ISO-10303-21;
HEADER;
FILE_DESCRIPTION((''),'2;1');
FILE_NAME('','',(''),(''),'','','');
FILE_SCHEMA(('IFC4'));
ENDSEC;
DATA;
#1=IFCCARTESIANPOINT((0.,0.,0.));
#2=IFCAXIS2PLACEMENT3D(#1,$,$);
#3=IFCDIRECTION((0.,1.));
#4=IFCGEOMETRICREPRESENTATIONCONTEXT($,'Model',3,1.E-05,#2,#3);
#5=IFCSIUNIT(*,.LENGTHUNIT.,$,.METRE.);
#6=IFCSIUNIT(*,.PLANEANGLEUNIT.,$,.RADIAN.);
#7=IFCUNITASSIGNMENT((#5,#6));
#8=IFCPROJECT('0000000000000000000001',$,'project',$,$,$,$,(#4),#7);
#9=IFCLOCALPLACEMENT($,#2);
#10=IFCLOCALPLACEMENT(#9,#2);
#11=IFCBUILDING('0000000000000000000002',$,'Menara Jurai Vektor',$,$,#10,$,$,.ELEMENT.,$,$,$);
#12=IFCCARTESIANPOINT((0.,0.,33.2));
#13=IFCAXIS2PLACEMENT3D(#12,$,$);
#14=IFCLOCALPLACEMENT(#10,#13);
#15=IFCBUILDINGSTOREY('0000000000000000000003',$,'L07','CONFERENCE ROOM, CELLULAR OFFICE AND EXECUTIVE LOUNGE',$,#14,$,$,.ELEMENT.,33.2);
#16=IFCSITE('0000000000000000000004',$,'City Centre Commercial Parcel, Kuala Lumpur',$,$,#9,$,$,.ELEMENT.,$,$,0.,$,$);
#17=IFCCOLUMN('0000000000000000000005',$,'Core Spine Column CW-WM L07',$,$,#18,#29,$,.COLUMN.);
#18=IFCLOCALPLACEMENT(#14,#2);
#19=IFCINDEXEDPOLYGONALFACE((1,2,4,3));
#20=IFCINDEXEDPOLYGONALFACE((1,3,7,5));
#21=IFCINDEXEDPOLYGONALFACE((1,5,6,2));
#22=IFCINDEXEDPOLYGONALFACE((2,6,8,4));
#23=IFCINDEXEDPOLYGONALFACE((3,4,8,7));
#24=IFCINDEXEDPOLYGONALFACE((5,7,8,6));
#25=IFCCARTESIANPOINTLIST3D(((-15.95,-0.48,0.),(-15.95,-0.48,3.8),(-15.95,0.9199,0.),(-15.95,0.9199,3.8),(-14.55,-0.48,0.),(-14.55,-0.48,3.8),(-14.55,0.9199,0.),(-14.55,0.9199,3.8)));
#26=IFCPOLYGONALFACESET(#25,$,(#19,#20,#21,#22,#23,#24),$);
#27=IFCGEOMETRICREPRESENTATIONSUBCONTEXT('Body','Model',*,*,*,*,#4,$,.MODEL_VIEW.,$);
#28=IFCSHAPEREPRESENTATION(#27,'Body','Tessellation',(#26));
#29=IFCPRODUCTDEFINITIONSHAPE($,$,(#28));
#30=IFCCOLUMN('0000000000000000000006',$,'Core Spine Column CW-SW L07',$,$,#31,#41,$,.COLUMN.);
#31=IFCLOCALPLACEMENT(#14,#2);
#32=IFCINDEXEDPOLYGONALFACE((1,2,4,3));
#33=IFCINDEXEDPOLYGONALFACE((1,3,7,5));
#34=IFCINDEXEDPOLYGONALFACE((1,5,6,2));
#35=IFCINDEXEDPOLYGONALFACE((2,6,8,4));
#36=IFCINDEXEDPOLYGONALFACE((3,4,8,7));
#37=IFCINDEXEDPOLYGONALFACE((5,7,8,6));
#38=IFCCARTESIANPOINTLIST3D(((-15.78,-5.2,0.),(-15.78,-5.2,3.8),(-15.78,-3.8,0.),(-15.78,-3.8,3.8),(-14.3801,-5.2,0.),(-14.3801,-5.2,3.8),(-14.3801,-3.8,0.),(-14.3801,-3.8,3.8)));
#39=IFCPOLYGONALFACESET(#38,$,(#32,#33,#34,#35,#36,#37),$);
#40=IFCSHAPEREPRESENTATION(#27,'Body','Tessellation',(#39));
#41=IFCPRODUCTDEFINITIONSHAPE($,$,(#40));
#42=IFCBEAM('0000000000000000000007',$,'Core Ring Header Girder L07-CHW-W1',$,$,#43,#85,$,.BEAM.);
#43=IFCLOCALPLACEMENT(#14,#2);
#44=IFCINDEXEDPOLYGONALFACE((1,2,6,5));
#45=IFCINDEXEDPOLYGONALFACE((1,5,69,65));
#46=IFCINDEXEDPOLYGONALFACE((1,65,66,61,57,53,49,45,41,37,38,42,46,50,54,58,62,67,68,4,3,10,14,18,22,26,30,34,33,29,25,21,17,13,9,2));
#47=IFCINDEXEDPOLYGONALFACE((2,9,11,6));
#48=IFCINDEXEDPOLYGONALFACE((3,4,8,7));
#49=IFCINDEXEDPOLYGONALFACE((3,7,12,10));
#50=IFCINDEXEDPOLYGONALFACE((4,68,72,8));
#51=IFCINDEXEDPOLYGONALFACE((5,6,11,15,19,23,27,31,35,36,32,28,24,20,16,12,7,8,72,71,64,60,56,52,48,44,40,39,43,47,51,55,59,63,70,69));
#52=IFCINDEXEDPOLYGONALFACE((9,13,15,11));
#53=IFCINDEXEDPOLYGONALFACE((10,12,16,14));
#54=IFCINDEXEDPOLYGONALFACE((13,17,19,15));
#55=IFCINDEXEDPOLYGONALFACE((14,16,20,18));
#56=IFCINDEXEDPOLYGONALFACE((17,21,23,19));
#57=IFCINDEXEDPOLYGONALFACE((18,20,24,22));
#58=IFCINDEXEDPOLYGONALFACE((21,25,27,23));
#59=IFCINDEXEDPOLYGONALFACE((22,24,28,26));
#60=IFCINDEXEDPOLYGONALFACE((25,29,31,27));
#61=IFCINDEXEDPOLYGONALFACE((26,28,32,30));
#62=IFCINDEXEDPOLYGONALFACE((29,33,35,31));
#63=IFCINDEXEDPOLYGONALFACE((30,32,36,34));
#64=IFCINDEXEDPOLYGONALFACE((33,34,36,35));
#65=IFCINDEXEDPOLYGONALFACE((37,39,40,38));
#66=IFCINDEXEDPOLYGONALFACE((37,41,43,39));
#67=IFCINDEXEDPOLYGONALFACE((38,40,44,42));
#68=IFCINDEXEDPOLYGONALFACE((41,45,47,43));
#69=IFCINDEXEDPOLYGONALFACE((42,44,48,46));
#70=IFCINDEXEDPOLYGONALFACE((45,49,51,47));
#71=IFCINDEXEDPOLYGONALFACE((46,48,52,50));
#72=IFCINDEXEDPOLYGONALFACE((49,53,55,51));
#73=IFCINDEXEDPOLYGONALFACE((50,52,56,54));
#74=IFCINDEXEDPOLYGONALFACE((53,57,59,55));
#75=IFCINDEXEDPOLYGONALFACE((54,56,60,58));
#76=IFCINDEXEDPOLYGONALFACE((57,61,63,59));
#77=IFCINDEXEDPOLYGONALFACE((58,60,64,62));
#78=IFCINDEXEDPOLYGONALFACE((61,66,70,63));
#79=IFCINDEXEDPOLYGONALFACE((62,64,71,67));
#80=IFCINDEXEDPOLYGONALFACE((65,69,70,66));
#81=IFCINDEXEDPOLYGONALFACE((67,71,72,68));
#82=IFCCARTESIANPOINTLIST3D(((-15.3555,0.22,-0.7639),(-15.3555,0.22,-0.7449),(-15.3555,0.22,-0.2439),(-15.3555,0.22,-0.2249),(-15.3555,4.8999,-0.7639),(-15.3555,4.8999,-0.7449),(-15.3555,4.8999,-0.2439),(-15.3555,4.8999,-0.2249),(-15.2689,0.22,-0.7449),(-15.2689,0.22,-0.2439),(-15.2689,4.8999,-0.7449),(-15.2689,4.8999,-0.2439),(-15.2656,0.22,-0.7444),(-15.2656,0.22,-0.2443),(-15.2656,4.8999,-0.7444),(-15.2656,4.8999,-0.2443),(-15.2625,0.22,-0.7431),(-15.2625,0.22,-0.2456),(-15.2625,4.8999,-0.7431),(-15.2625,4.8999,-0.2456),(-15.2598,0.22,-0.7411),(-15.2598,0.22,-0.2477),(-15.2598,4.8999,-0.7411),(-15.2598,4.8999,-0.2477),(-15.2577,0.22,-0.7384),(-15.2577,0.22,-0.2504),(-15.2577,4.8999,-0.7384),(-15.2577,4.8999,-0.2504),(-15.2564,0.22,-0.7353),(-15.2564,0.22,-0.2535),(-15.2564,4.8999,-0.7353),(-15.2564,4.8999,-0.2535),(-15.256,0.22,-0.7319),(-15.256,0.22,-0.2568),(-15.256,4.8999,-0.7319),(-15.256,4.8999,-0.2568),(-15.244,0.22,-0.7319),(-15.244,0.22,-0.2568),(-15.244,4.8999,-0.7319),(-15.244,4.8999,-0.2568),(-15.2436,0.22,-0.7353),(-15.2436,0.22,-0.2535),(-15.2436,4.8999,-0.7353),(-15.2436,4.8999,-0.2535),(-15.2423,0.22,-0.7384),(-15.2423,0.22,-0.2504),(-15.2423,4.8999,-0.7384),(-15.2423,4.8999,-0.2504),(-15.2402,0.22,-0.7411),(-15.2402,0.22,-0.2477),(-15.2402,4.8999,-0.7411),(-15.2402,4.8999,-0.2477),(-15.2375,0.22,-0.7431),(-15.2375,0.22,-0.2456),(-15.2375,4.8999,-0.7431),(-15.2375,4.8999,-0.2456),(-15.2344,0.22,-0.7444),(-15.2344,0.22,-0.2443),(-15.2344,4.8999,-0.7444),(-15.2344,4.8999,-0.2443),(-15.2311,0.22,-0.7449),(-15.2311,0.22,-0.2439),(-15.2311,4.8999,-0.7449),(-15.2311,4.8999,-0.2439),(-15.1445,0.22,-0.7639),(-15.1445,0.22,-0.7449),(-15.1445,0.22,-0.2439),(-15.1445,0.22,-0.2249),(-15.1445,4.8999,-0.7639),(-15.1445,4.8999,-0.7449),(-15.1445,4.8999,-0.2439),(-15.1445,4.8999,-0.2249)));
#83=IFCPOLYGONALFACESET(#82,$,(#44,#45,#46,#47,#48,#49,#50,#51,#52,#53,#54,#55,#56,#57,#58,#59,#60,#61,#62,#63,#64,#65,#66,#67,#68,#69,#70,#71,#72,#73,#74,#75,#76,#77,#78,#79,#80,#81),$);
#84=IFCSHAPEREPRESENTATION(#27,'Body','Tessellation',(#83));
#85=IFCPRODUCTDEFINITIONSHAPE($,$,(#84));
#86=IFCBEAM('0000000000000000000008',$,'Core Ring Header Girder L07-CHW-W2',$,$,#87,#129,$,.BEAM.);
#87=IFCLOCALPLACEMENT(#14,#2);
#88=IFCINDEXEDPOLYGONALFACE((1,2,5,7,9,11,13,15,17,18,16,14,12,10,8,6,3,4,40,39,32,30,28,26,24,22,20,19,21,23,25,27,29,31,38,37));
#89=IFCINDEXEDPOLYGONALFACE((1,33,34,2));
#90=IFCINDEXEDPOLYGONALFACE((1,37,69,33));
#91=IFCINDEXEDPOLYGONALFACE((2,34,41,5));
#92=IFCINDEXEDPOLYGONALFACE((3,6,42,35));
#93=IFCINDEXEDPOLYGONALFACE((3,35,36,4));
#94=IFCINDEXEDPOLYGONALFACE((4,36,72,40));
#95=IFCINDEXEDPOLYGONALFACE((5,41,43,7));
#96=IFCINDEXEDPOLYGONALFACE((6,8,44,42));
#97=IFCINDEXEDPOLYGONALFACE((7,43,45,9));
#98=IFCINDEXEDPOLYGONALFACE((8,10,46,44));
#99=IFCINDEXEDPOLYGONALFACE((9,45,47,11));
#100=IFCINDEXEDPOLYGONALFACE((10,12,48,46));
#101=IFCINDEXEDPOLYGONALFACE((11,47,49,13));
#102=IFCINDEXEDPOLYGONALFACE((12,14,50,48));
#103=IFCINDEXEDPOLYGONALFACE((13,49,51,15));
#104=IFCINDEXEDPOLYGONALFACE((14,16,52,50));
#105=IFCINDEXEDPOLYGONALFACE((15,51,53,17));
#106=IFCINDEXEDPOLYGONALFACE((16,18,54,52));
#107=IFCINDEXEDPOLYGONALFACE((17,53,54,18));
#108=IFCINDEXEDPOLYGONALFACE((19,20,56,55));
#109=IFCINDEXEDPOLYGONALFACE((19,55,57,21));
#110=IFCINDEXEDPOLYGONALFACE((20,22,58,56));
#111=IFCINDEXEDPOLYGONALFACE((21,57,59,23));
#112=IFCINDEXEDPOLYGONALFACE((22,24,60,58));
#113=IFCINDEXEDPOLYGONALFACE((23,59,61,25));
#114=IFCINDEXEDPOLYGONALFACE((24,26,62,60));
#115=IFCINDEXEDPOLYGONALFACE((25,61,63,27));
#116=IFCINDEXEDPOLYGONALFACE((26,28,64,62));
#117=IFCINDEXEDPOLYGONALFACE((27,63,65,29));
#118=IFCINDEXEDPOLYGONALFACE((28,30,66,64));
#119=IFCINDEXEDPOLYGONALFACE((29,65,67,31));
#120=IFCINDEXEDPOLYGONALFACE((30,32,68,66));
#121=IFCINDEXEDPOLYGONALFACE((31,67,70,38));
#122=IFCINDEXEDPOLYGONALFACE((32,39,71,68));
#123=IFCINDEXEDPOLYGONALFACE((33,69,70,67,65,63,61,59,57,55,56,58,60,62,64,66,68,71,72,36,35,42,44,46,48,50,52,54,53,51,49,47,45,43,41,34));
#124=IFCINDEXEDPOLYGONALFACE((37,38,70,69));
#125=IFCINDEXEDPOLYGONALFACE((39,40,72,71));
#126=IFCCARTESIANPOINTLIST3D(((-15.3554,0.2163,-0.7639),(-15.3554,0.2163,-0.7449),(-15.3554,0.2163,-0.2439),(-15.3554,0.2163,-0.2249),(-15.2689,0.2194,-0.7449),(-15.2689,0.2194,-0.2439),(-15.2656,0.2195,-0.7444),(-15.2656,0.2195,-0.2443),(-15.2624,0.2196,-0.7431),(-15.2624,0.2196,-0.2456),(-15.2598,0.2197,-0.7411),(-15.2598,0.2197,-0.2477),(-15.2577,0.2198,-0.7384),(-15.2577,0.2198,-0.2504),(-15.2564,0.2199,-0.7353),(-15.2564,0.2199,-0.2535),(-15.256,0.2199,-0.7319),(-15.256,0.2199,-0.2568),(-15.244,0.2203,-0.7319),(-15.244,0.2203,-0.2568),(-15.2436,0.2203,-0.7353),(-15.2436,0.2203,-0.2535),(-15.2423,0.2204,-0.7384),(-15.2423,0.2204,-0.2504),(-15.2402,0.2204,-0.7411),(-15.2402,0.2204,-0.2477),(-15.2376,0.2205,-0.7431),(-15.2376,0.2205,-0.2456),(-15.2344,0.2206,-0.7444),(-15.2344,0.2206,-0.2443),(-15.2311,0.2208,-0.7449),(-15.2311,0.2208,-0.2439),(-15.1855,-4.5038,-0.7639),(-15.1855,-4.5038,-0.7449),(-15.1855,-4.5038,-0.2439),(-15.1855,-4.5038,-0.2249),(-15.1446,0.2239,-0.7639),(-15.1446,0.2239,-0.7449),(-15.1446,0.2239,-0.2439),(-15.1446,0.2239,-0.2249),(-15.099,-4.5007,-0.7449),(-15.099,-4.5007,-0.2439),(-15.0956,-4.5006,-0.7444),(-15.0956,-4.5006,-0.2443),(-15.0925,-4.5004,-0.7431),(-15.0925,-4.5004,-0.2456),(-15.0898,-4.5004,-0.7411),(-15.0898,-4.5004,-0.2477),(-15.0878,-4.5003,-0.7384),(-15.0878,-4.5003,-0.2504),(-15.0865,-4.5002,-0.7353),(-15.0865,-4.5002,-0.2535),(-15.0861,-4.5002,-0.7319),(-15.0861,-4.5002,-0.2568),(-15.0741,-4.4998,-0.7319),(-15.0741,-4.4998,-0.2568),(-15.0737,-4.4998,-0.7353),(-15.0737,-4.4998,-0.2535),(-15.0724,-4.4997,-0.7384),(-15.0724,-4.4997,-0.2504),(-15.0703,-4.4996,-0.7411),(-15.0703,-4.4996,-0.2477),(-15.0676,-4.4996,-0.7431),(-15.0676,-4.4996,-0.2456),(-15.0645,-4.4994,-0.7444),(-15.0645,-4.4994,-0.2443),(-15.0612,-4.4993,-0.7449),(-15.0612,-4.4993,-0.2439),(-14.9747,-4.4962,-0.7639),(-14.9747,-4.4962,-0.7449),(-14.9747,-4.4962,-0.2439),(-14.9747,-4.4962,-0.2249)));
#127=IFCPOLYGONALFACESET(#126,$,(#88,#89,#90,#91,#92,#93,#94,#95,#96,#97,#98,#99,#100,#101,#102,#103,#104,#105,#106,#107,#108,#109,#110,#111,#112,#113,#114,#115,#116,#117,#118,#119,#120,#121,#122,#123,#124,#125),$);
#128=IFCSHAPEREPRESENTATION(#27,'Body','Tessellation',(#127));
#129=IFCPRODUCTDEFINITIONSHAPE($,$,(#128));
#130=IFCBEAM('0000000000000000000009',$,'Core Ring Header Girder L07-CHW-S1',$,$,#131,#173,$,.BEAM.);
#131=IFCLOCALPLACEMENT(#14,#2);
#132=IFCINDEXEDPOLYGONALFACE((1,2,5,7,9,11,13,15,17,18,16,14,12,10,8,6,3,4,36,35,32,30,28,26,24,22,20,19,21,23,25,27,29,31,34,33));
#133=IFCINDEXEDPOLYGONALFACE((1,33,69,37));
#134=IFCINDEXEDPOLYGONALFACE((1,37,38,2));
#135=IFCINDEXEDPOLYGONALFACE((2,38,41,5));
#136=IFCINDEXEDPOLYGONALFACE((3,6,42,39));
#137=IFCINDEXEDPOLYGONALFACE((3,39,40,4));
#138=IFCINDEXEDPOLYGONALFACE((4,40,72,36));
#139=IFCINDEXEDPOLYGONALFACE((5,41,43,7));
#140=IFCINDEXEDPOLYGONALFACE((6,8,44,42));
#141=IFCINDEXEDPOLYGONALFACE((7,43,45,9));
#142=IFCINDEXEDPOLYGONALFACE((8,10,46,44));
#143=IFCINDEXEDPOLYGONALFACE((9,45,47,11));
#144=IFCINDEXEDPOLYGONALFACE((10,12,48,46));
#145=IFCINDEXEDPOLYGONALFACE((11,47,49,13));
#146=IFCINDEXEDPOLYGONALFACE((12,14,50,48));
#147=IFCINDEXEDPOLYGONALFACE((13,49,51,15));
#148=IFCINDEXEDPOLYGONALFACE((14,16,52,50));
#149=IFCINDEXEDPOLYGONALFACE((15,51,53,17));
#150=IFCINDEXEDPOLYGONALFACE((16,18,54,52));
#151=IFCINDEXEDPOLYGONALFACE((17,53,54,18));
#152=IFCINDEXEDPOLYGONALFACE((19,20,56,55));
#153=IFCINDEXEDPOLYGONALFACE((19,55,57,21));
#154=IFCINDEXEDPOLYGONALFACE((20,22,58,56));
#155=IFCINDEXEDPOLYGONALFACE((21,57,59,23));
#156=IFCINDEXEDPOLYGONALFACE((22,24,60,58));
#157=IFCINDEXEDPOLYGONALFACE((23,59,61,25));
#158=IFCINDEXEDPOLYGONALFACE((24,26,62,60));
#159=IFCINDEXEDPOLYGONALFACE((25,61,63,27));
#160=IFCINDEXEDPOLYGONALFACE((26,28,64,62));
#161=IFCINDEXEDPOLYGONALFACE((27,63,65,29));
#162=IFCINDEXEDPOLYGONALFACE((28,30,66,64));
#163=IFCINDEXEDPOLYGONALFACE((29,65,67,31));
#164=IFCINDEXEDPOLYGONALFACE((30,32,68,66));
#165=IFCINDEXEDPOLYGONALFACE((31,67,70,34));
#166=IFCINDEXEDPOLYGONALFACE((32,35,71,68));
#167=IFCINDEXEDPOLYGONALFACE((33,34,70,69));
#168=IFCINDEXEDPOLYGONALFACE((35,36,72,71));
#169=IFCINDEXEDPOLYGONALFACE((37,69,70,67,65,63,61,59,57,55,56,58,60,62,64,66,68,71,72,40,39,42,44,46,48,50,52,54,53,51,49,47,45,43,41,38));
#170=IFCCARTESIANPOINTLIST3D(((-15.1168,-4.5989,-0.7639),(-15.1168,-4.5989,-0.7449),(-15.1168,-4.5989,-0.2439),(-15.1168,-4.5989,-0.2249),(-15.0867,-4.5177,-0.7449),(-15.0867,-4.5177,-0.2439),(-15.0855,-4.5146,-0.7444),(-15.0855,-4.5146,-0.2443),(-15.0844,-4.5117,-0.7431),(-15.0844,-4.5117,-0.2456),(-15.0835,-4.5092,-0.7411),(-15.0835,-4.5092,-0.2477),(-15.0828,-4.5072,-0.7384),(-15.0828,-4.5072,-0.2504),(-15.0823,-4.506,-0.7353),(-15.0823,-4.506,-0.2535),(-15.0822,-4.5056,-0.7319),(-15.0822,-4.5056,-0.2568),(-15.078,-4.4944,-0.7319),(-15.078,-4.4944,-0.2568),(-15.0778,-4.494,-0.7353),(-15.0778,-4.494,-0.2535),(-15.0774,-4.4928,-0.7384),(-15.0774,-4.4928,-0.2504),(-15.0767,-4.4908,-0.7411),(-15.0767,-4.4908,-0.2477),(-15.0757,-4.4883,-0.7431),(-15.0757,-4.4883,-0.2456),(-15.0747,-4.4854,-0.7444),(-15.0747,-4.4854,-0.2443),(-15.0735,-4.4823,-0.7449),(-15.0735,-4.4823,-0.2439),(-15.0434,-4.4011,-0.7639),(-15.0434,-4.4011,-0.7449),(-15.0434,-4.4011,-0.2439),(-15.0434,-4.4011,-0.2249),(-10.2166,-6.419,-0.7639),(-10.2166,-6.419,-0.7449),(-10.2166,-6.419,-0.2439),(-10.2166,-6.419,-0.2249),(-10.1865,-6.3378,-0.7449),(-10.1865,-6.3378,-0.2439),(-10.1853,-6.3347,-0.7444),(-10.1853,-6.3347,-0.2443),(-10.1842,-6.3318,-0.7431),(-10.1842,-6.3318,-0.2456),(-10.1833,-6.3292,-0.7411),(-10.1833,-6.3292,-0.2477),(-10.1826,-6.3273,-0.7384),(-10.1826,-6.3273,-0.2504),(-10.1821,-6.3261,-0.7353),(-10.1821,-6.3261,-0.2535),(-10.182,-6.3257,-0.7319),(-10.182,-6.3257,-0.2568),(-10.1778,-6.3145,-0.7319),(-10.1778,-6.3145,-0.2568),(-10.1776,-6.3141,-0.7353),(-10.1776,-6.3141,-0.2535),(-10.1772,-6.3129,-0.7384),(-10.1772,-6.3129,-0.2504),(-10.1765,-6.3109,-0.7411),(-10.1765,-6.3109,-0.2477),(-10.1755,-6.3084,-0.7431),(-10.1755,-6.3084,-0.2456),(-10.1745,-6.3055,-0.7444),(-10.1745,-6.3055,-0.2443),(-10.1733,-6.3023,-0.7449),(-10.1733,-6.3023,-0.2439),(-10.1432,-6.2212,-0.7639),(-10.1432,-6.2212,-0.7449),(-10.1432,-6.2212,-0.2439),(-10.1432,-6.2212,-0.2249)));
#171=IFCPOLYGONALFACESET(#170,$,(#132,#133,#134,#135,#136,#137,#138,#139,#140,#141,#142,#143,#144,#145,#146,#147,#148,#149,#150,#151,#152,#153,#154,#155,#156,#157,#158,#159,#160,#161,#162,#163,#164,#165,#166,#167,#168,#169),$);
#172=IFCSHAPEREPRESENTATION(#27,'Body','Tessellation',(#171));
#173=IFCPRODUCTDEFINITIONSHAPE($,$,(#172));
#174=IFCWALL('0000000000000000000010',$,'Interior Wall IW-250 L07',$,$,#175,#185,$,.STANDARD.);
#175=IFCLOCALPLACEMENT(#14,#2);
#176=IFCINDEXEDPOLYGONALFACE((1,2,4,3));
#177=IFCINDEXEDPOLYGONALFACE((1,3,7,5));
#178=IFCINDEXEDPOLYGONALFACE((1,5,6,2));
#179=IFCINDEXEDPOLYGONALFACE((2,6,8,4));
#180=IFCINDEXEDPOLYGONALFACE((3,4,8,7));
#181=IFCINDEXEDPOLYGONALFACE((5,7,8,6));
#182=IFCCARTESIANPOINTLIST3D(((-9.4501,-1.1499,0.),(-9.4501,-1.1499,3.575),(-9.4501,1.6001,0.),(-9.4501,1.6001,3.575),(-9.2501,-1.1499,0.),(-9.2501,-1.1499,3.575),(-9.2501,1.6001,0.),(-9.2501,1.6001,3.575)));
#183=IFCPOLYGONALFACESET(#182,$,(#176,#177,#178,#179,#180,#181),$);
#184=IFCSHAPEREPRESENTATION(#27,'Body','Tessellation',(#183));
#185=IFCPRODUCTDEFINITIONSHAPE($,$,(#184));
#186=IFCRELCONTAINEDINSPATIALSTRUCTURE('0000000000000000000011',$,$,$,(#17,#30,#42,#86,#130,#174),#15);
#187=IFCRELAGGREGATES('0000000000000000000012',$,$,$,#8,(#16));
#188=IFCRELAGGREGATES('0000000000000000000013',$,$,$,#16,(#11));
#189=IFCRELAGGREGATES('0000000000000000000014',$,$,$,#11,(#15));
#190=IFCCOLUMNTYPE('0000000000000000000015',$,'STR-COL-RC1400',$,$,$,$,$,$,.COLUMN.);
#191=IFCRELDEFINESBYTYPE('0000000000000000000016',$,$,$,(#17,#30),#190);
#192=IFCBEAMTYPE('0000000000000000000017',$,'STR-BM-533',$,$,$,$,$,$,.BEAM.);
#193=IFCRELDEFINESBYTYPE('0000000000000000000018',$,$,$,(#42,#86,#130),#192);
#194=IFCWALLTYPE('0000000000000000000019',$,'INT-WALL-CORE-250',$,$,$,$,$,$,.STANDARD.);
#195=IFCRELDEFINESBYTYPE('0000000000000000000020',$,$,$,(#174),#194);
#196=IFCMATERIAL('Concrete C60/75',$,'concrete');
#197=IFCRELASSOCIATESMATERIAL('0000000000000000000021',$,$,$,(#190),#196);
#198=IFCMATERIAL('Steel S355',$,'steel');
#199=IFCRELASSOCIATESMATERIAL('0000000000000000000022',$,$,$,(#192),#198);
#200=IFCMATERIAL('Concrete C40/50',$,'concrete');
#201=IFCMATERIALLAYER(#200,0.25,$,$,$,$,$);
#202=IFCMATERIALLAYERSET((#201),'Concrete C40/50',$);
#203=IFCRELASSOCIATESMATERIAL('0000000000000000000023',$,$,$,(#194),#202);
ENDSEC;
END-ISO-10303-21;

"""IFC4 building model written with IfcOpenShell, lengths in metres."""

from ifc_helpers import new_model, si_unit, direction, frame, frame_2d, origin, origin_2d, place, context, subcontext, project, spatial, rectangle, i_section, extrude, material, layer, layer_set, material_profile, profile_set, type_object, element, save


model = new_model("IFC4")

# Units and contexts
model_context = context("Model", 3, precision=1e-05, world=origin(), true_north=direction((0.0, 1.0)))
body_context = subcontext(model_context, "Body", "Model", "MODEL_VIEW")
ifc_project = project(units=[si_unit("LENGTHUNIT", "METRE"), si_unit("PLANEANGLEUNIT", "RADIAN")], contexts=[model_context])

# Site, building, storey
site_placement = place(None, origin())
site = spatial("IfcSite", under=ifc_project, at=site_placement, Name="City Centre Commercial Parcel, Kuala Lumpur", CompositionType="ELEMENT", RefElevation=0.0)
building_placement = place(site_placement, origin())
building = spatial("IfcBuilding", under=site, at=building_placement, Name="Menara Jurai Vektor", CompositionType="ELEMENT")
storey_placement = place(building_placement, frame((0.0, 0.0, 33.2)))
storey = spatial("IfcBuildingStorey", under=building, at=storey_placement, Name="L07", Description="CONFERENCE ROOM, CELLULAR OFFICE AND EXECUTIVE LOUNGE", CompositionType="ELEMENT", Elevation=33.2)

# Columns
ifc_material_1 = material(Name="Concrete C60/75", Category="concrete")
ifc_material_profile_1 = material_profile(ifc_material_1, rectangle(XDim=1.3999, YDim=1.3999, at=origin_2d()), Name="RC 1400x1400")
ifc_profile_set_1 = profile_set([ifc_material_profile_1], Name="Concrete C60/75")
column_type = type_object("IfcColumnType", Name="STR-COL-RC1400", PredefinedType="COLUMN", material=ifc_profile_set_1)
for number, where, z_axis, x_axis, name in (
    (1, (-15.25, 0.22, 0.0), (0.0, 0.0, 1.0), (1.0, 0.0, 0.0), "Core Spine Column CW-WM L07"),
    (2, (-15.0801, -4.5, 0.0), (0.0, 0.0, 1.0), (1.0, 0.0, 0.0), "Core Spine Column CW-SW L07"),
):
    element("IfcColumn", number, at=place(storey_placement, frame(where, z_axis=z_axis, x_axis=x_axis)), inside=storey, type_object=column_type, Name=name, PredefinedType="COLUMN", context=body_context, shape_type="SweptSolid", body=[
        extrude(rectangle(XDim=1.3999, YDim=1.3999, at=origin_2d()), origin(), (0.0, 0.0, 1.0), 3.8),
    ])

# Beams
ifc_material_2 = material(Name="Steel S355", Category="steel")
ifc_material_profile_2 = material_profile(ifc_material_2, i_section(OverallWidth=0.2109, OverallDepth=0.5391, WebThickness=0.012, FlangeThickness=0.019, FilletRadius=0.0129, at=origin_2d()), Name="UKB 533x210x109")
ifc_profile_set_2 = profile_set([ifc_material_profile_2], Name="Steel S355")
beam_type = type_object("IfcBeamType", Name="STR-BM-533", PredefinedType="BEAM", material=ifc_profile_set_2)
beam_1_placement = place(storey_placement, frame((-15.25, 0.22, -0.4944), z_axis=(0.0, 1.0, 0.0), x_axis=(-1.0, 0.0, 0.0)))
element("IfcBeam", 3, at=beam_1_placement, inside=storey, type_object=beam_type, Name="Core Ring Header Girder L07-CHW-W1", PredefinedType="BEAM", context=body_context, shape_type="SweptSolid", body=[
    extrude(i_section(OverallWidth=0.2109, OverallDepth=0.5391, WebThickness=0.012, FlangeThickness=0.019, FilletRadius=0.0129, at=origin_2d()), origin(), (0.0, 0.0, 1.0), 4.6799),
])
beam_2_placement = place(storey_placement, frame((-15.0801, -4.5, -0.4944), z_axis=(-0.035977, 0.999353, 0.0), x_axis=(-0.999353, -0.035977, 0.0)))
element("IfcBeam", 4, at=beam_2_placement, inside=storey, type_object=beam_type, Name="Core Ring Header Girder L07-CHW-W2", PredefinedType="BEAM", context=body_context, shape_type="SweptSolid", body=[
    extrude(i_section(OverallWidth=0.2109, OverallDepth=0.5391, WebThickness=0.012, FlangeThickness=0.019, FilletRadius=0.0129, at=origin_2d()), origin(), (0.0, 0.0, 1.0), 4.7231),
])
beam_3_placement = place(storey_placement, frame((-15.0801, -4.5, -0.4944), z_axis=(0.937424, -0.348189, 0.0), x_axis=(0.348189, 0.937424, 0.0)))
element("IfcBeam", 5, at=beam_3_placement, inside=storey, type_object=beam_type, Name="Core Ring Header Girder L07-CHW-S1", PredefinedType="BEAM", context=body_context, shape_type="SweptSolid", body=[
    extrude(i_section(OverallWidth=0.2109, OverallDepth=0.5391, WebThickness=0.012, FlangeThickness=0.019, FilletRadius=0.0129, at=origin_2d()), origin(), (0.0, 0.0, 1.0), 5.2273),
])

# Shared definitions
ifc_material_3 = material(Name="Concrete C40/50", Category="concrete")
ifc_layer_1 = layer(ifc_material_3, 0.25)
ifc_layer_set_1 = layer_set([ifc_layer_1], Name="Concrete C40/50")
wall_type_1 = type_object("IfcWallType", Name="INT-WALL-CORE-250", PredefinedType="STANDARD", material=ifc_layer_set_1)

# Wall
wall_1_placement = place(storey_placement, frame((-9.3501, -1.1499, 0.0), z_axis=(0.0, 0.0, 1.0), x_axis=(0.0, 1.0, 0.0)))
element("IfcWall", 6, at=wall_1_placement, inside=storey, type_object=wall_type_1, Name="Interior Wall IW-250 L07", PredefinedType="STANDARD", context=body_context, shape_type="SweptSolid", body=[
    extrude(rectangle(XDim=2.75, YDim=0.2, at=frame_2d((1.375, 0.0))), origin(), (0.0, 0.0, 1.0), 3.575),
])

save(model, "model.ifc")
